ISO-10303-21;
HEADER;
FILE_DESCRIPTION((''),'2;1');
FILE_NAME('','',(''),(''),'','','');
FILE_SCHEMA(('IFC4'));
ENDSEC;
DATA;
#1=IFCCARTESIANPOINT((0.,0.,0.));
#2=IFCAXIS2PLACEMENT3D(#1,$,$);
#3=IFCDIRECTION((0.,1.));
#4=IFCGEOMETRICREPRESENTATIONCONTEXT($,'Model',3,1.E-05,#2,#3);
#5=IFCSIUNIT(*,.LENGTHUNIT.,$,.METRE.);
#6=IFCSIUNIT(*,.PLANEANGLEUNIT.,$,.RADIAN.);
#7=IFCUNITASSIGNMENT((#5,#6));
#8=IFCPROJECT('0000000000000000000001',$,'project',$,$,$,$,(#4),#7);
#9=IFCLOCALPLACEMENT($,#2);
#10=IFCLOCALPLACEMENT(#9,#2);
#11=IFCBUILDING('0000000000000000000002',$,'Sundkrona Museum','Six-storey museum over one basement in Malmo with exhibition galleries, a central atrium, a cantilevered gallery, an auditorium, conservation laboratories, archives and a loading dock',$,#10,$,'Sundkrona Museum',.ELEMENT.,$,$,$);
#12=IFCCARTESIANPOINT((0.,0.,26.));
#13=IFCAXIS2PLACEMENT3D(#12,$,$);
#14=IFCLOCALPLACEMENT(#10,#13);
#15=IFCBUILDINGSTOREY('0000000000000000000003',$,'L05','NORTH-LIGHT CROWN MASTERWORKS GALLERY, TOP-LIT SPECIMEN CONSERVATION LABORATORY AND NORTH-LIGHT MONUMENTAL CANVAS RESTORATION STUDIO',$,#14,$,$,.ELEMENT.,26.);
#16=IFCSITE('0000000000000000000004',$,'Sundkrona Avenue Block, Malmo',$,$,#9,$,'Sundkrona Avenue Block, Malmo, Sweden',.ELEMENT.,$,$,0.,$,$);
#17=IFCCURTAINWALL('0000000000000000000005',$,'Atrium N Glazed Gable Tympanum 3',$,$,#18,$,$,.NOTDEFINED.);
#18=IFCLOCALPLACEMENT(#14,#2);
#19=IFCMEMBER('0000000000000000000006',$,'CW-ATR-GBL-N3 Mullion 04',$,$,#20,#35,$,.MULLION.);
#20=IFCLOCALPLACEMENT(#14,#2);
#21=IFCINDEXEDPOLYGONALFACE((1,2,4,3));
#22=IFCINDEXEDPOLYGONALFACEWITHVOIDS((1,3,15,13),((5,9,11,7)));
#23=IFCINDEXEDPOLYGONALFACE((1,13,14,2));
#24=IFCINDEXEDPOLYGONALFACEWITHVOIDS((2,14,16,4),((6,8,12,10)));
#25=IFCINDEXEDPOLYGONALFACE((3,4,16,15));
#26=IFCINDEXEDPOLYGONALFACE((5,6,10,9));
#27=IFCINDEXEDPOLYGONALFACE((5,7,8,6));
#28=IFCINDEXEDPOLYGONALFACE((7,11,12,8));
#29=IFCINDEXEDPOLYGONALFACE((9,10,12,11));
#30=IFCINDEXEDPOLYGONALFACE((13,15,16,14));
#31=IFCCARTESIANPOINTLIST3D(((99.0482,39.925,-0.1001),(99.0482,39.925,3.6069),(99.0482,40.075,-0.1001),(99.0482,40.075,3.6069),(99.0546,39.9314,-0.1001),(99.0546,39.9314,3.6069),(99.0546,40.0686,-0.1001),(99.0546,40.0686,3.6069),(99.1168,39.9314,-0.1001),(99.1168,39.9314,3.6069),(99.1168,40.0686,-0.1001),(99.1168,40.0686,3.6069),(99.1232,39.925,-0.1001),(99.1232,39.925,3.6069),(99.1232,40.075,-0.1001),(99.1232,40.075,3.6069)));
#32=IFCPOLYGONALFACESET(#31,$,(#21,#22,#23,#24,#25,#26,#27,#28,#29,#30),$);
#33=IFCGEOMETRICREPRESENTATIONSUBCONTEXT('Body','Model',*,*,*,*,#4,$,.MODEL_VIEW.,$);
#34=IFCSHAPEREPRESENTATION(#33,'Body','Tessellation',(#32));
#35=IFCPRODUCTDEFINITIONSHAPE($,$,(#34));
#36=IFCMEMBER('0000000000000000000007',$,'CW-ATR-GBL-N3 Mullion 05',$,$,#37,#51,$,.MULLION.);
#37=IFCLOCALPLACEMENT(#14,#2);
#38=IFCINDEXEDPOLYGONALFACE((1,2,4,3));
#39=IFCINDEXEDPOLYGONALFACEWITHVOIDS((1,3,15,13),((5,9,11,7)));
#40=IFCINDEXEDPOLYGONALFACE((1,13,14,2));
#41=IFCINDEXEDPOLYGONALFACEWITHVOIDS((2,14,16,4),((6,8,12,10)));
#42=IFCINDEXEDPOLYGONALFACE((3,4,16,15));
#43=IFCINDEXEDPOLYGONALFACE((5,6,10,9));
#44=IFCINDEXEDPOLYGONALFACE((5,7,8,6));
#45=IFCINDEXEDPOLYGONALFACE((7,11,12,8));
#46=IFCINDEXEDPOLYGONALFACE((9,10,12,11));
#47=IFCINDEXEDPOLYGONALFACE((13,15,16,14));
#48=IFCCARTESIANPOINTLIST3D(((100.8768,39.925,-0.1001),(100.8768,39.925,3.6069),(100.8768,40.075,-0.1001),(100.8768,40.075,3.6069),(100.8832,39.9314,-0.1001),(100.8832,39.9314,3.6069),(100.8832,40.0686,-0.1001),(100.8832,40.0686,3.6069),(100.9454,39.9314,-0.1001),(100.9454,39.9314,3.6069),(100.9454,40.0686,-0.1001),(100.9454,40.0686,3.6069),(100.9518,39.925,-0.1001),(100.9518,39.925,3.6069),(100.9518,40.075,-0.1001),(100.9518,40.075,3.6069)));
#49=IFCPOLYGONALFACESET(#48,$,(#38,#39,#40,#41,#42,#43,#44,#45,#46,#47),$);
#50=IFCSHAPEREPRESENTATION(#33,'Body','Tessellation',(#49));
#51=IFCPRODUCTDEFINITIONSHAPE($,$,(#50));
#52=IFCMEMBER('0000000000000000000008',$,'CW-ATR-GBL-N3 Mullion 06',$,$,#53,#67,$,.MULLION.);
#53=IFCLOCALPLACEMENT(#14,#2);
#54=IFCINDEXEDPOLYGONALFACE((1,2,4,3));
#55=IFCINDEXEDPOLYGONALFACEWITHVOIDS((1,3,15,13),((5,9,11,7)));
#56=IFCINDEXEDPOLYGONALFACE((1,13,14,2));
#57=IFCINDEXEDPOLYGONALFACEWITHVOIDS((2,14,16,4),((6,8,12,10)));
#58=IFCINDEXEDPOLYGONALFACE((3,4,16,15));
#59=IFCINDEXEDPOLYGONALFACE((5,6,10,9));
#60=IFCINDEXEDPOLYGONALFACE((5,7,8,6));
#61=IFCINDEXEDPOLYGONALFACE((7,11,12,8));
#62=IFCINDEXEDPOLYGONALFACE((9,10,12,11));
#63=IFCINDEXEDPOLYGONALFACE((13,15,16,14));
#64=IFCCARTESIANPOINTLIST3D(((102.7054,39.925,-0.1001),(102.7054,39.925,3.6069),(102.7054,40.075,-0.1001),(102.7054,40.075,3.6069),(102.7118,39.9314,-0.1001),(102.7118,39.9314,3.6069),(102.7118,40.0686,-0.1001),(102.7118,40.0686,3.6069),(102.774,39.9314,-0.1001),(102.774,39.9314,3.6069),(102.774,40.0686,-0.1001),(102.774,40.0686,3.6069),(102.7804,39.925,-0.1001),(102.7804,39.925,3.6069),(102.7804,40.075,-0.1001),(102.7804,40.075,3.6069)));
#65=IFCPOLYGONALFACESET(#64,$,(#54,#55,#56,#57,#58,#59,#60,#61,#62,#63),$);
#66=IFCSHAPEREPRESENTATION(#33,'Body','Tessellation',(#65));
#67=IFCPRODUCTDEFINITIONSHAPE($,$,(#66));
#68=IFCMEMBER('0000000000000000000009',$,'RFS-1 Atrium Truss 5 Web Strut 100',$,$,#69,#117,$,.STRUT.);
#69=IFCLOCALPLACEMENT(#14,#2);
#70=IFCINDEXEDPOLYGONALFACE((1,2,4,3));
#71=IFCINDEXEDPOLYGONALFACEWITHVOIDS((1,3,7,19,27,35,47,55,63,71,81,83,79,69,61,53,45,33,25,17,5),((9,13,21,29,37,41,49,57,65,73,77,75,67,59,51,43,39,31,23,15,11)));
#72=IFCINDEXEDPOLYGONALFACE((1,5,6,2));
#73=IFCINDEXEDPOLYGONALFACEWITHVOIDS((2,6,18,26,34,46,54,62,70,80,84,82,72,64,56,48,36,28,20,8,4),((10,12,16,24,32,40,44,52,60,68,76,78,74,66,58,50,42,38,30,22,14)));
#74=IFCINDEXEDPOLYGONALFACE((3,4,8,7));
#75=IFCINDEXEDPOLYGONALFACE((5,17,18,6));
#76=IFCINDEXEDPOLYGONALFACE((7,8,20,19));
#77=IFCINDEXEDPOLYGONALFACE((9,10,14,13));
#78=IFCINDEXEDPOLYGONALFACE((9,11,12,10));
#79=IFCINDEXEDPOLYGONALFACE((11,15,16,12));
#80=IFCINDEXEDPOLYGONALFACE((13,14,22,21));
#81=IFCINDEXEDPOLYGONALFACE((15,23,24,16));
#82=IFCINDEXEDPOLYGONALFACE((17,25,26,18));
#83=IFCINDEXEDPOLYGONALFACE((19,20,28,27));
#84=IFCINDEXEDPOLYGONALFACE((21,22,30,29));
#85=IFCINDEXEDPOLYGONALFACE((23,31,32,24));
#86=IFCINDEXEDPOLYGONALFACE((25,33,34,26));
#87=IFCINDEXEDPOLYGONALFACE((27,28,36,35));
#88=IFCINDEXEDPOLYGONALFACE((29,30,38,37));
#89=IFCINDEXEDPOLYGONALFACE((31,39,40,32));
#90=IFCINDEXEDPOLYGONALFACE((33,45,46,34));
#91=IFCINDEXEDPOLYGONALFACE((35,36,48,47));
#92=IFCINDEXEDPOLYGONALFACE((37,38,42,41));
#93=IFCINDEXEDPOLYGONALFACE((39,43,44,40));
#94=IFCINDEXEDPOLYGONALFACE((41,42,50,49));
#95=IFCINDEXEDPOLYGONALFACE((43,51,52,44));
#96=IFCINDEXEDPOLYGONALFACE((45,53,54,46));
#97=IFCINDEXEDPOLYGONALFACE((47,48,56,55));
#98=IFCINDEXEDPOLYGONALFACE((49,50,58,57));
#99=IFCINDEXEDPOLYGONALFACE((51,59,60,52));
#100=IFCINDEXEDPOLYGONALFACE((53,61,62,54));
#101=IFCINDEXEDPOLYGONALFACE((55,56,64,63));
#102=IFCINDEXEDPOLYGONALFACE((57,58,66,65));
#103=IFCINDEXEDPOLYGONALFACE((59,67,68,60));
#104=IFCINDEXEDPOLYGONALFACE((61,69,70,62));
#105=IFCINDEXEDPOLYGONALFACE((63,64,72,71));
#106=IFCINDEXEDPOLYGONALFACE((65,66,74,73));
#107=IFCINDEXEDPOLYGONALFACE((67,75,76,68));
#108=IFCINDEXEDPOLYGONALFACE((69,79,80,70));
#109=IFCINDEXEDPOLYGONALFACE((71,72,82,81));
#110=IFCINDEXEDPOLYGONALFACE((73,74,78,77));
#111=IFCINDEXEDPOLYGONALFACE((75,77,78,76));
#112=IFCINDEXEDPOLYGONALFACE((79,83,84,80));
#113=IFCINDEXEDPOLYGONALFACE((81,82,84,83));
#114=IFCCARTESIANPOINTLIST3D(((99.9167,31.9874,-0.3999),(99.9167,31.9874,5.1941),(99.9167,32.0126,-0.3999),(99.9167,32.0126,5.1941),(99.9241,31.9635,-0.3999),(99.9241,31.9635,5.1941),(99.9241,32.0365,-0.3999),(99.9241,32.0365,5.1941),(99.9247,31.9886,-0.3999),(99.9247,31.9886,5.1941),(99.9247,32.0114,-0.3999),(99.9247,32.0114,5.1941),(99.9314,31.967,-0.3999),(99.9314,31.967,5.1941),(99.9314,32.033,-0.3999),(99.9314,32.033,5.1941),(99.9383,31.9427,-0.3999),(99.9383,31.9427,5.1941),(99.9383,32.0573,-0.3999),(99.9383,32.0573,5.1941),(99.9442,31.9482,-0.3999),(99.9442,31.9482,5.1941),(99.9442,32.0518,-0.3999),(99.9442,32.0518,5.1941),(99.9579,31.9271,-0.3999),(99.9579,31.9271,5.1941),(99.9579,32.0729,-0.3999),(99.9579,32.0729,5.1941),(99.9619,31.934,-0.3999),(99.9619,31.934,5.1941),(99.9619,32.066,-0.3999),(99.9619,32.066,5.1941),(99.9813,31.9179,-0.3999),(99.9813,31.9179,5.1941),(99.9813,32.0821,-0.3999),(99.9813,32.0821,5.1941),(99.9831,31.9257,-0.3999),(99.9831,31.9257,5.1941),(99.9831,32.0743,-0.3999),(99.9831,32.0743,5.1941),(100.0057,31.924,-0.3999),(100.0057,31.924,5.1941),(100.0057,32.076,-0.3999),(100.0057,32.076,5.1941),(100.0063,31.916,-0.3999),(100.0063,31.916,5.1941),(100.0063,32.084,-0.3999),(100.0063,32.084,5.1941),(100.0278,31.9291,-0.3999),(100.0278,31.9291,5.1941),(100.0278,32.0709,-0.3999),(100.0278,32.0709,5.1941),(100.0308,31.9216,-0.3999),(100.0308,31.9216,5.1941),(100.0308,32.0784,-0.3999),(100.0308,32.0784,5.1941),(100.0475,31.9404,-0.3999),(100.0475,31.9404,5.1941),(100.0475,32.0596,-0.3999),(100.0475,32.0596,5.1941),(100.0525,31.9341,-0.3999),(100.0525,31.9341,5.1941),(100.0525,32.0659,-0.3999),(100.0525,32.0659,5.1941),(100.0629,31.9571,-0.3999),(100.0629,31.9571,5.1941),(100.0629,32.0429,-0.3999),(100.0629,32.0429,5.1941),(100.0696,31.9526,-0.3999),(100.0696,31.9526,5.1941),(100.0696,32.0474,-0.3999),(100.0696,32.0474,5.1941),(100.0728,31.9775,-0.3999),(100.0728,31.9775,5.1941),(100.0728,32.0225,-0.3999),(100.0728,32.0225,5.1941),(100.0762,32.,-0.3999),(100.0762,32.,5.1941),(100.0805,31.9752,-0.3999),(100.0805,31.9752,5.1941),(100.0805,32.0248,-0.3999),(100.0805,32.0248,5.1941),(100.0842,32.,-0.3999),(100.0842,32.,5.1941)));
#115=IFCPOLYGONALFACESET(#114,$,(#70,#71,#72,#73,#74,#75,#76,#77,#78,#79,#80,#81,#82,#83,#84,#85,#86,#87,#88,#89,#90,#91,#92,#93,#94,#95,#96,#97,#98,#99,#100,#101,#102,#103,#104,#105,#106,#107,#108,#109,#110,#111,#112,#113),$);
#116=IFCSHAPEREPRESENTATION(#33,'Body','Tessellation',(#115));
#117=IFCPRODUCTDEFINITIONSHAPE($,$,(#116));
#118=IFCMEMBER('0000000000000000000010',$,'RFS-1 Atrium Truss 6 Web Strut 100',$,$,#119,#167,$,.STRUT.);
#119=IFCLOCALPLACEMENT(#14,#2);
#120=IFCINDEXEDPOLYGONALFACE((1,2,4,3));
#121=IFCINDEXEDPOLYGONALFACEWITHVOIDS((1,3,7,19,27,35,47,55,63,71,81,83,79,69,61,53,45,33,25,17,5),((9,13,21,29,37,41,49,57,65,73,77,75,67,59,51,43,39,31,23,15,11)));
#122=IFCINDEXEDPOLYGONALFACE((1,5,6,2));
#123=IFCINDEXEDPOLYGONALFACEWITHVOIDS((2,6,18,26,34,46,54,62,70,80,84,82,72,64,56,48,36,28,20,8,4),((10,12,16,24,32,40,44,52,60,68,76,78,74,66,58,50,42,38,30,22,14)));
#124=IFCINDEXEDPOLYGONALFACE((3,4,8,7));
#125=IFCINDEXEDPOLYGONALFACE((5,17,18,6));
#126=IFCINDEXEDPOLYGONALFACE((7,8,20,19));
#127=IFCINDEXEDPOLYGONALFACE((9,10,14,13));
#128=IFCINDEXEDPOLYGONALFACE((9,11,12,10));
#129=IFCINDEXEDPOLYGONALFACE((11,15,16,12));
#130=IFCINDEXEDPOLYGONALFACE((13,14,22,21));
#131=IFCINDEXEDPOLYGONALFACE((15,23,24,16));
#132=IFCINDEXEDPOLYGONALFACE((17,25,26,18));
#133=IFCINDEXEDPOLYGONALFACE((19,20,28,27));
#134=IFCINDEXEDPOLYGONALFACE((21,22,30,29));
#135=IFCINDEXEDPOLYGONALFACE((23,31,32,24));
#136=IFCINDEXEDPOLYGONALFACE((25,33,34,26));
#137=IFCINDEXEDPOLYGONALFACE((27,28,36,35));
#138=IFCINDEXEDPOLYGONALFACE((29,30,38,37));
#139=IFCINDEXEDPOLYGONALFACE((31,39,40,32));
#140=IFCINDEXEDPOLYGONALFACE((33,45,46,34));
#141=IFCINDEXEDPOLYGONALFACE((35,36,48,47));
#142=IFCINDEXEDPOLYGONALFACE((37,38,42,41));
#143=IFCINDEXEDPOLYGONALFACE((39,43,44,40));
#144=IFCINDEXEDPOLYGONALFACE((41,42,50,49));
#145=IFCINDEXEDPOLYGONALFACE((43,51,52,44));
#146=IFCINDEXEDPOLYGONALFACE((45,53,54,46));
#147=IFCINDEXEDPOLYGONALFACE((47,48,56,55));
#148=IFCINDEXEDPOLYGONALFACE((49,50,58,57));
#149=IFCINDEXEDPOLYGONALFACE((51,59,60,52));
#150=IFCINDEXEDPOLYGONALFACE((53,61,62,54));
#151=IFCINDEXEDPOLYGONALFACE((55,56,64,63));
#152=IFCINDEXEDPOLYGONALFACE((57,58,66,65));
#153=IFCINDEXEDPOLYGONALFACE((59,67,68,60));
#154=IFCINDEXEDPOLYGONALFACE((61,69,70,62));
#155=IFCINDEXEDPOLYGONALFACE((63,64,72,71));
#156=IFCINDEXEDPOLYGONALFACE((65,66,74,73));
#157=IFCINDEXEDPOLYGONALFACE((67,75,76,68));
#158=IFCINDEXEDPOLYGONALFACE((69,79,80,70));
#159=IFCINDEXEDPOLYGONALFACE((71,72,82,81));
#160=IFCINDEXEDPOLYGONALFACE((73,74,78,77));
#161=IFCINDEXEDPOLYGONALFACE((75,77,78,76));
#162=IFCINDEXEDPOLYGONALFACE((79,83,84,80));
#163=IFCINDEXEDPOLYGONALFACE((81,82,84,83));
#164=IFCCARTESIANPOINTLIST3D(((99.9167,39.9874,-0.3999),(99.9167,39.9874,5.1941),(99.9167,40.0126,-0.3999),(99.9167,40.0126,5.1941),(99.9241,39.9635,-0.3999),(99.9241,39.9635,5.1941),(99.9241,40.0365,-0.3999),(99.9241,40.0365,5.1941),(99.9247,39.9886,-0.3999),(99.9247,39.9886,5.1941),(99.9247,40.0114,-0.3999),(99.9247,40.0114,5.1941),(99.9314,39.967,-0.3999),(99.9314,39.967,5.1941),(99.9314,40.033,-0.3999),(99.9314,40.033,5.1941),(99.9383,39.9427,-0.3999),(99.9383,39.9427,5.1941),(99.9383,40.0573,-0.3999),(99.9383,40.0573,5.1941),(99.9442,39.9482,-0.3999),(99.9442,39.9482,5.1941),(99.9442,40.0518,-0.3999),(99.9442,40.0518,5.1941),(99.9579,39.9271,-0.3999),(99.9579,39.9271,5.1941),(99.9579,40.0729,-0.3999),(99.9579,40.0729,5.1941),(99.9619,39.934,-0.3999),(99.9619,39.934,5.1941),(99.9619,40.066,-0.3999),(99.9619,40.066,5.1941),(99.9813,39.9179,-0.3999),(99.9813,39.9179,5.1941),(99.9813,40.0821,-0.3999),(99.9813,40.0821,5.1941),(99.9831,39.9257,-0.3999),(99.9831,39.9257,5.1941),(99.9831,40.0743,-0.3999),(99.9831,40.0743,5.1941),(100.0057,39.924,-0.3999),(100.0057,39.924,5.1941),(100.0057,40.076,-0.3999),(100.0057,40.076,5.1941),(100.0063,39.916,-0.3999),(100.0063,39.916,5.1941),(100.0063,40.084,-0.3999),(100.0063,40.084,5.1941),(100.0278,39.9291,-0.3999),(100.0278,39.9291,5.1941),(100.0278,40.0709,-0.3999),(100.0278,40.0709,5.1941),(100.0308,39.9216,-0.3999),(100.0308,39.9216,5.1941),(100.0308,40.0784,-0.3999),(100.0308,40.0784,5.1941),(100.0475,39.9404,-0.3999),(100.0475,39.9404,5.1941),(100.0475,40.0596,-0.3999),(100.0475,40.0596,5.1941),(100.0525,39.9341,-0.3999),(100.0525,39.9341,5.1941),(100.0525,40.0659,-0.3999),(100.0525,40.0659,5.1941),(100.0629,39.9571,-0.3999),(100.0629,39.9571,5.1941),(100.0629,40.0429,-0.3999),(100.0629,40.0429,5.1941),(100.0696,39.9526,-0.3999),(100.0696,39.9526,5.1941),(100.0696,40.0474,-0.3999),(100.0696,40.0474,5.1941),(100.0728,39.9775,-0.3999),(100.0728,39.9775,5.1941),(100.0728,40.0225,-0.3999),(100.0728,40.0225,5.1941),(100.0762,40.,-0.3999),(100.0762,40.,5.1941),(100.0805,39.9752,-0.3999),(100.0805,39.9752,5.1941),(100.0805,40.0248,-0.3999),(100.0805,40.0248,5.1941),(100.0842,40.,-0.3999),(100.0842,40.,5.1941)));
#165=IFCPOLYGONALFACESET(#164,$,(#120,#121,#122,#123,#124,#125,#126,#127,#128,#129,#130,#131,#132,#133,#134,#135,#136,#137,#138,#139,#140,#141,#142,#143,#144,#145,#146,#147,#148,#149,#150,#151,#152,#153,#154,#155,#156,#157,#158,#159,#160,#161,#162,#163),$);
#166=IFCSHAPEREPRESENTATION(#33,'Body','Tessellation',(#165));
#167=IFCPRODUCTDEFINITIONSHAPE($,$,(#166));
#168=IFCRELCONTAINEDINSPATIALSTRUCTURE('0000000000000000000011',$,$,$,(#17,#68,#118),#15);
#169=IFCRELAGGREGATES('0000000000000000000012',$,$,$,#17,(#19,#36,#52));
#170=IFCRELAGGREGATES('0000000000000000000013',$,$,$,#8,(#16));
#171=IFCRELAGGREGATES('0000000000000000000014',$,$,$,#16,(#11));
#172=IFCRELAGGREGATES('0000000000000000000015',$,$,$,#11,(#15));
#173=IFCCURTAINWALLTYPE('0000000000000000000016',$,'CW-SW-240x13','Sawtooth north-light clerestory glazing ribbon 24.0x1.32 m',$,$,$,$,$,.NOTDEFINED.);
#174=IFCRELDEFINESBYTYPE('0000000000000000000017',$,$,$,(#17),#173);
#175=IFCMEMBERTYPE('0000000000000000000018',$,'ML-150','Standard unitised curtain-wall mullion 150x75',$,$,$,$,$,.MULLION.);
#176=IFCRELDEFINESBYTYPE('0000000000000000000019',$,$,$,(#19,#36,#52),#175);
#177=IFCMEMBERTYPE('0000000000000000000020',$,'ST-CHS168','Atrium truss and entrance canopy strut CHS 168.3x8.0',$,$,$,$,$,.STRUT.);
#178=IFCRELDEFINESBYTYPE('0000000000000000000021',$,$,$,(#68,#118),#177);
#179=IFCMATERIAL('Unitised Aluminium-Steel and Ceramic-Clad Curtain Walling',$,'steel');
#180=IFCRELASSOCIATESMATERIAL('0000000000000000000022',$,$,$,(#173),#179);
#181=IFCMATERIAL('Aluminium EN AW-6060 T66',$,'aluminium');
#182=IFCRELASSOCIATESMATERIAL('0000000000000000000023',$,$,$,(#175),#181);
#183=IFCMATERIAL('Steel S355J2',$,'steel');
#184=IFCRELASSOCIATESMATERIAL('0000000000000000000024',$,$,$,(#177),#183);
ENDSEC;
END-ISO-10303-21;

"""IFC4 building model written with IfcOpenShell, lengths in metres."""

from ifc_helpers import new_model, si_unit, direction, frame, origin, origin_2d, place, context, subcontext, project, spatial, hollow_rectangle, hollow_circle, extrude, material, material_profile, profile_set, type_object, element, aggregate, save


model = new_model("IFC4")

# Units and contexts
model_context = context("Model", 3, precision=1e-05, world=origin(), true_north=direction((0.0, 1.0)))
body_context = subcontext(model_context, "Body", "Model", "MODEL_VIEW")
ifc_project = project(units=[si_unit("LENGTHUNIT", "METRE"), si_unit("PLANEANGLEUNIT", "RADIAN")], contexts=[model_context])

# Site, building, storey
site_placement = place(None, origin())
site = spatial("IfcSite", under=ifc_project, at=site_placement, Name="Sundkrona Avenue Block, Malmo", LongName="Sundkrona Avenue Block, Malmo, Sweden", CompositionType="ELEMENT", RefElevation=0.0)
building_placement = place(site_placement, origin())
building = spatial("IfcBuilding", under=site, at=building_placement, Name="Sundkrona Museum", Description="Six-storey museum over one basement in Malmo with exhibition galleries, a central atrium, a cantilevered gallery, an auditorium, conservation laboratories, archives and a loading dock", LongName="Sundkrona Museum", CompositionType="ELEMENT")
storey_placement = place(building_placement, frame((0.0, 0.0, 26.0)))
storey = spatial("IfcBuildingStorey", under=building, at=storey_placement, Name="L05", Description="NORTH-LIGHT CROWN MASTERWORKS GALLERY, TOP-LIT SPECIMEN CONSERVATION LABORATORY AND NORTH-LIGHT MONUMENTAL CANVAS RESTORATION STUDIO", CompositionType="ELEMENT", Elevation=26.0)

# Curtain wall, members
ifc_material_1 = material(Name="Unitised Aluminium-Steel and Ceramic-Clad Curtain Walling", Category="steel")
curtain_wall_type = type_object("IfcCurtainWallType", Name="CW-SW-240x13", Description="Sawtooth north-light clerestory glazing ribbon 24.0x1.32 m", PredefinedType="NOTDEFINED", material=ifc_material_1)
curtain_wall_placement = place(storey_placement, origin())
curtain_wall = element("IfcCurtainWall", 1, at=curtain_wall_placement, inside=storey, type_object=curtain_wall_type, Name="Atrium N Glazed Gable Tympanum 3", PredefinedType="NOTDEFINED")
ifc_material_2 = material(Name="Aluminium EN AW-6060 T66", Category="aluminium")
ifc_material_profile_1 = material_profile(ifc_material_2, hollow_rectangle(XDim=0.075, YDim=0.1499, WallThickness=0.0063, at=origin_2d()), Name="RHS 150x75x6.3")
ifc_profile_set_1 = profile_set([ifc_material_profile_1], Name="Aluminium EN AW-6060 T66")
member_type_1 = type_object("IfcMemberType", Name="ML-150", Description="Standard unitised curtain-wall mullion 150x75", PredefinedType="MULLION", material=ifc_profile_set_1)
member_1_placement = place(storey_placement, frame((99.0857, 40.0, -0.1001), z_axis=(0.0, 0.0, 1.0), x_axis=(1.0, 0.0, 0.0)))
member_1 = element("IfcMember", 2, at=member_1_placement, type_object=member_type_1, Name="CW-ATR-GBL-N3 Mullion 04", PredefinedType="MULLION", context=body_context, shape_type="SweptSolid", body=[
    extrude(hollow_rectangle(XDim=0.075, YDim=0.1499, WallThickness=0.0063, at=origin_2d()), origin(), (0.0, 0.0, 1.0), 3.707),
])
member_2_placement = place(storey_placement, frame((100.9143, 40.0, -0.1001), z_axis=(0.0, 0.0, 1.0), x_axis=(1.0, 0.0, 0.0)))
member_2 = element("IfcMember", 3, at=member_2_placement, type_object=member_type_1, Name="CW-ATR-GBL-N3 Mullion 05", PredefinedType="MULLION", context=body_context, shape_type="SweptSolid", body=[
    extrude(hollow_rectangle(XDim=0.075, YDim=0.1499, WallThickness=0.0063, at=origin_2d()), origin(), (0.0, 0.0, 1.0), 3.707),
])
member_3_placement = place(storey_placement, frame((102.7429, 40.0, -0.1001), z_axis=(0.0, 0.0, 1.0), x_axis=(1.0, 0.0, 0.0)))
member_3 = element("IfcMember", 4, at=member_3_placement, type_object=member_type_1, Name="CW-ATR-GBL-N3 Mullion 06", PredefinedType="MULLION", context=body_context, shape_type="SweptSolid", body=[
    extrude(hollow_rectangle(XDim=0.075, YDim=0.1499, WallThickness=0.0063, at=origin_2d()), origin(), (0.0, 0.0, 1.0), 3.707),
])

# Members
ifc_material_3 = material(Name="Steel S355J2", Category="steel")
ifc_material_profile_2 = material_profile(ifc_material_3, hollow_circle(Radius=0.0842, WallThickness=0.0081, at=origin_2d()), Name="CHS 168.3x8.0")
ifc_profile_set_2 = profile_set([ifc_material_profile_2], Name="Steel S355J2")
member_type_2 = type_object("IfcMemberType", Name="ST-CHS168", Description="Atrium truss and entrance canopy strut CHS 168.3x8.0", PredefinedType="STRUT", material=ifc_profile_set_2)
for number, where, z_axis, x_axis, name in (
    (5, (100.0, 32.0, -0.3999), (0.0, 0.0, 1.0), (1.0, 0.0, 0.0), "RFS-1 Atrium Truss 5 Web Strut 100"),
    (6, (100.0, 40.0, -0.3999), (0.0, 0.0, 1.0), (1.0, 0.0, 0.0), "RFS-1 Atrium Truss 6 Web Strut 100"),
):
    element("IfcMember", number, at=place(storey_placement, frame(where, z_axis=z_axis, x_axis=x_axis)), inside=storey, type_object=member_type_2, Name=name, PredefinedType="STRUT", context=body_context, shape_type="SweptSolid", body=[
        extrude(hollow_circle(Radius=0.0842, WallThickness=0.0081, at=origin_2d()), origin(), (0.0, 0.0, 1.0), 5.594),
    ])

aggregate(curtain_wall, [member_1, member_2, member_3])

save(model, "model.ifc")
